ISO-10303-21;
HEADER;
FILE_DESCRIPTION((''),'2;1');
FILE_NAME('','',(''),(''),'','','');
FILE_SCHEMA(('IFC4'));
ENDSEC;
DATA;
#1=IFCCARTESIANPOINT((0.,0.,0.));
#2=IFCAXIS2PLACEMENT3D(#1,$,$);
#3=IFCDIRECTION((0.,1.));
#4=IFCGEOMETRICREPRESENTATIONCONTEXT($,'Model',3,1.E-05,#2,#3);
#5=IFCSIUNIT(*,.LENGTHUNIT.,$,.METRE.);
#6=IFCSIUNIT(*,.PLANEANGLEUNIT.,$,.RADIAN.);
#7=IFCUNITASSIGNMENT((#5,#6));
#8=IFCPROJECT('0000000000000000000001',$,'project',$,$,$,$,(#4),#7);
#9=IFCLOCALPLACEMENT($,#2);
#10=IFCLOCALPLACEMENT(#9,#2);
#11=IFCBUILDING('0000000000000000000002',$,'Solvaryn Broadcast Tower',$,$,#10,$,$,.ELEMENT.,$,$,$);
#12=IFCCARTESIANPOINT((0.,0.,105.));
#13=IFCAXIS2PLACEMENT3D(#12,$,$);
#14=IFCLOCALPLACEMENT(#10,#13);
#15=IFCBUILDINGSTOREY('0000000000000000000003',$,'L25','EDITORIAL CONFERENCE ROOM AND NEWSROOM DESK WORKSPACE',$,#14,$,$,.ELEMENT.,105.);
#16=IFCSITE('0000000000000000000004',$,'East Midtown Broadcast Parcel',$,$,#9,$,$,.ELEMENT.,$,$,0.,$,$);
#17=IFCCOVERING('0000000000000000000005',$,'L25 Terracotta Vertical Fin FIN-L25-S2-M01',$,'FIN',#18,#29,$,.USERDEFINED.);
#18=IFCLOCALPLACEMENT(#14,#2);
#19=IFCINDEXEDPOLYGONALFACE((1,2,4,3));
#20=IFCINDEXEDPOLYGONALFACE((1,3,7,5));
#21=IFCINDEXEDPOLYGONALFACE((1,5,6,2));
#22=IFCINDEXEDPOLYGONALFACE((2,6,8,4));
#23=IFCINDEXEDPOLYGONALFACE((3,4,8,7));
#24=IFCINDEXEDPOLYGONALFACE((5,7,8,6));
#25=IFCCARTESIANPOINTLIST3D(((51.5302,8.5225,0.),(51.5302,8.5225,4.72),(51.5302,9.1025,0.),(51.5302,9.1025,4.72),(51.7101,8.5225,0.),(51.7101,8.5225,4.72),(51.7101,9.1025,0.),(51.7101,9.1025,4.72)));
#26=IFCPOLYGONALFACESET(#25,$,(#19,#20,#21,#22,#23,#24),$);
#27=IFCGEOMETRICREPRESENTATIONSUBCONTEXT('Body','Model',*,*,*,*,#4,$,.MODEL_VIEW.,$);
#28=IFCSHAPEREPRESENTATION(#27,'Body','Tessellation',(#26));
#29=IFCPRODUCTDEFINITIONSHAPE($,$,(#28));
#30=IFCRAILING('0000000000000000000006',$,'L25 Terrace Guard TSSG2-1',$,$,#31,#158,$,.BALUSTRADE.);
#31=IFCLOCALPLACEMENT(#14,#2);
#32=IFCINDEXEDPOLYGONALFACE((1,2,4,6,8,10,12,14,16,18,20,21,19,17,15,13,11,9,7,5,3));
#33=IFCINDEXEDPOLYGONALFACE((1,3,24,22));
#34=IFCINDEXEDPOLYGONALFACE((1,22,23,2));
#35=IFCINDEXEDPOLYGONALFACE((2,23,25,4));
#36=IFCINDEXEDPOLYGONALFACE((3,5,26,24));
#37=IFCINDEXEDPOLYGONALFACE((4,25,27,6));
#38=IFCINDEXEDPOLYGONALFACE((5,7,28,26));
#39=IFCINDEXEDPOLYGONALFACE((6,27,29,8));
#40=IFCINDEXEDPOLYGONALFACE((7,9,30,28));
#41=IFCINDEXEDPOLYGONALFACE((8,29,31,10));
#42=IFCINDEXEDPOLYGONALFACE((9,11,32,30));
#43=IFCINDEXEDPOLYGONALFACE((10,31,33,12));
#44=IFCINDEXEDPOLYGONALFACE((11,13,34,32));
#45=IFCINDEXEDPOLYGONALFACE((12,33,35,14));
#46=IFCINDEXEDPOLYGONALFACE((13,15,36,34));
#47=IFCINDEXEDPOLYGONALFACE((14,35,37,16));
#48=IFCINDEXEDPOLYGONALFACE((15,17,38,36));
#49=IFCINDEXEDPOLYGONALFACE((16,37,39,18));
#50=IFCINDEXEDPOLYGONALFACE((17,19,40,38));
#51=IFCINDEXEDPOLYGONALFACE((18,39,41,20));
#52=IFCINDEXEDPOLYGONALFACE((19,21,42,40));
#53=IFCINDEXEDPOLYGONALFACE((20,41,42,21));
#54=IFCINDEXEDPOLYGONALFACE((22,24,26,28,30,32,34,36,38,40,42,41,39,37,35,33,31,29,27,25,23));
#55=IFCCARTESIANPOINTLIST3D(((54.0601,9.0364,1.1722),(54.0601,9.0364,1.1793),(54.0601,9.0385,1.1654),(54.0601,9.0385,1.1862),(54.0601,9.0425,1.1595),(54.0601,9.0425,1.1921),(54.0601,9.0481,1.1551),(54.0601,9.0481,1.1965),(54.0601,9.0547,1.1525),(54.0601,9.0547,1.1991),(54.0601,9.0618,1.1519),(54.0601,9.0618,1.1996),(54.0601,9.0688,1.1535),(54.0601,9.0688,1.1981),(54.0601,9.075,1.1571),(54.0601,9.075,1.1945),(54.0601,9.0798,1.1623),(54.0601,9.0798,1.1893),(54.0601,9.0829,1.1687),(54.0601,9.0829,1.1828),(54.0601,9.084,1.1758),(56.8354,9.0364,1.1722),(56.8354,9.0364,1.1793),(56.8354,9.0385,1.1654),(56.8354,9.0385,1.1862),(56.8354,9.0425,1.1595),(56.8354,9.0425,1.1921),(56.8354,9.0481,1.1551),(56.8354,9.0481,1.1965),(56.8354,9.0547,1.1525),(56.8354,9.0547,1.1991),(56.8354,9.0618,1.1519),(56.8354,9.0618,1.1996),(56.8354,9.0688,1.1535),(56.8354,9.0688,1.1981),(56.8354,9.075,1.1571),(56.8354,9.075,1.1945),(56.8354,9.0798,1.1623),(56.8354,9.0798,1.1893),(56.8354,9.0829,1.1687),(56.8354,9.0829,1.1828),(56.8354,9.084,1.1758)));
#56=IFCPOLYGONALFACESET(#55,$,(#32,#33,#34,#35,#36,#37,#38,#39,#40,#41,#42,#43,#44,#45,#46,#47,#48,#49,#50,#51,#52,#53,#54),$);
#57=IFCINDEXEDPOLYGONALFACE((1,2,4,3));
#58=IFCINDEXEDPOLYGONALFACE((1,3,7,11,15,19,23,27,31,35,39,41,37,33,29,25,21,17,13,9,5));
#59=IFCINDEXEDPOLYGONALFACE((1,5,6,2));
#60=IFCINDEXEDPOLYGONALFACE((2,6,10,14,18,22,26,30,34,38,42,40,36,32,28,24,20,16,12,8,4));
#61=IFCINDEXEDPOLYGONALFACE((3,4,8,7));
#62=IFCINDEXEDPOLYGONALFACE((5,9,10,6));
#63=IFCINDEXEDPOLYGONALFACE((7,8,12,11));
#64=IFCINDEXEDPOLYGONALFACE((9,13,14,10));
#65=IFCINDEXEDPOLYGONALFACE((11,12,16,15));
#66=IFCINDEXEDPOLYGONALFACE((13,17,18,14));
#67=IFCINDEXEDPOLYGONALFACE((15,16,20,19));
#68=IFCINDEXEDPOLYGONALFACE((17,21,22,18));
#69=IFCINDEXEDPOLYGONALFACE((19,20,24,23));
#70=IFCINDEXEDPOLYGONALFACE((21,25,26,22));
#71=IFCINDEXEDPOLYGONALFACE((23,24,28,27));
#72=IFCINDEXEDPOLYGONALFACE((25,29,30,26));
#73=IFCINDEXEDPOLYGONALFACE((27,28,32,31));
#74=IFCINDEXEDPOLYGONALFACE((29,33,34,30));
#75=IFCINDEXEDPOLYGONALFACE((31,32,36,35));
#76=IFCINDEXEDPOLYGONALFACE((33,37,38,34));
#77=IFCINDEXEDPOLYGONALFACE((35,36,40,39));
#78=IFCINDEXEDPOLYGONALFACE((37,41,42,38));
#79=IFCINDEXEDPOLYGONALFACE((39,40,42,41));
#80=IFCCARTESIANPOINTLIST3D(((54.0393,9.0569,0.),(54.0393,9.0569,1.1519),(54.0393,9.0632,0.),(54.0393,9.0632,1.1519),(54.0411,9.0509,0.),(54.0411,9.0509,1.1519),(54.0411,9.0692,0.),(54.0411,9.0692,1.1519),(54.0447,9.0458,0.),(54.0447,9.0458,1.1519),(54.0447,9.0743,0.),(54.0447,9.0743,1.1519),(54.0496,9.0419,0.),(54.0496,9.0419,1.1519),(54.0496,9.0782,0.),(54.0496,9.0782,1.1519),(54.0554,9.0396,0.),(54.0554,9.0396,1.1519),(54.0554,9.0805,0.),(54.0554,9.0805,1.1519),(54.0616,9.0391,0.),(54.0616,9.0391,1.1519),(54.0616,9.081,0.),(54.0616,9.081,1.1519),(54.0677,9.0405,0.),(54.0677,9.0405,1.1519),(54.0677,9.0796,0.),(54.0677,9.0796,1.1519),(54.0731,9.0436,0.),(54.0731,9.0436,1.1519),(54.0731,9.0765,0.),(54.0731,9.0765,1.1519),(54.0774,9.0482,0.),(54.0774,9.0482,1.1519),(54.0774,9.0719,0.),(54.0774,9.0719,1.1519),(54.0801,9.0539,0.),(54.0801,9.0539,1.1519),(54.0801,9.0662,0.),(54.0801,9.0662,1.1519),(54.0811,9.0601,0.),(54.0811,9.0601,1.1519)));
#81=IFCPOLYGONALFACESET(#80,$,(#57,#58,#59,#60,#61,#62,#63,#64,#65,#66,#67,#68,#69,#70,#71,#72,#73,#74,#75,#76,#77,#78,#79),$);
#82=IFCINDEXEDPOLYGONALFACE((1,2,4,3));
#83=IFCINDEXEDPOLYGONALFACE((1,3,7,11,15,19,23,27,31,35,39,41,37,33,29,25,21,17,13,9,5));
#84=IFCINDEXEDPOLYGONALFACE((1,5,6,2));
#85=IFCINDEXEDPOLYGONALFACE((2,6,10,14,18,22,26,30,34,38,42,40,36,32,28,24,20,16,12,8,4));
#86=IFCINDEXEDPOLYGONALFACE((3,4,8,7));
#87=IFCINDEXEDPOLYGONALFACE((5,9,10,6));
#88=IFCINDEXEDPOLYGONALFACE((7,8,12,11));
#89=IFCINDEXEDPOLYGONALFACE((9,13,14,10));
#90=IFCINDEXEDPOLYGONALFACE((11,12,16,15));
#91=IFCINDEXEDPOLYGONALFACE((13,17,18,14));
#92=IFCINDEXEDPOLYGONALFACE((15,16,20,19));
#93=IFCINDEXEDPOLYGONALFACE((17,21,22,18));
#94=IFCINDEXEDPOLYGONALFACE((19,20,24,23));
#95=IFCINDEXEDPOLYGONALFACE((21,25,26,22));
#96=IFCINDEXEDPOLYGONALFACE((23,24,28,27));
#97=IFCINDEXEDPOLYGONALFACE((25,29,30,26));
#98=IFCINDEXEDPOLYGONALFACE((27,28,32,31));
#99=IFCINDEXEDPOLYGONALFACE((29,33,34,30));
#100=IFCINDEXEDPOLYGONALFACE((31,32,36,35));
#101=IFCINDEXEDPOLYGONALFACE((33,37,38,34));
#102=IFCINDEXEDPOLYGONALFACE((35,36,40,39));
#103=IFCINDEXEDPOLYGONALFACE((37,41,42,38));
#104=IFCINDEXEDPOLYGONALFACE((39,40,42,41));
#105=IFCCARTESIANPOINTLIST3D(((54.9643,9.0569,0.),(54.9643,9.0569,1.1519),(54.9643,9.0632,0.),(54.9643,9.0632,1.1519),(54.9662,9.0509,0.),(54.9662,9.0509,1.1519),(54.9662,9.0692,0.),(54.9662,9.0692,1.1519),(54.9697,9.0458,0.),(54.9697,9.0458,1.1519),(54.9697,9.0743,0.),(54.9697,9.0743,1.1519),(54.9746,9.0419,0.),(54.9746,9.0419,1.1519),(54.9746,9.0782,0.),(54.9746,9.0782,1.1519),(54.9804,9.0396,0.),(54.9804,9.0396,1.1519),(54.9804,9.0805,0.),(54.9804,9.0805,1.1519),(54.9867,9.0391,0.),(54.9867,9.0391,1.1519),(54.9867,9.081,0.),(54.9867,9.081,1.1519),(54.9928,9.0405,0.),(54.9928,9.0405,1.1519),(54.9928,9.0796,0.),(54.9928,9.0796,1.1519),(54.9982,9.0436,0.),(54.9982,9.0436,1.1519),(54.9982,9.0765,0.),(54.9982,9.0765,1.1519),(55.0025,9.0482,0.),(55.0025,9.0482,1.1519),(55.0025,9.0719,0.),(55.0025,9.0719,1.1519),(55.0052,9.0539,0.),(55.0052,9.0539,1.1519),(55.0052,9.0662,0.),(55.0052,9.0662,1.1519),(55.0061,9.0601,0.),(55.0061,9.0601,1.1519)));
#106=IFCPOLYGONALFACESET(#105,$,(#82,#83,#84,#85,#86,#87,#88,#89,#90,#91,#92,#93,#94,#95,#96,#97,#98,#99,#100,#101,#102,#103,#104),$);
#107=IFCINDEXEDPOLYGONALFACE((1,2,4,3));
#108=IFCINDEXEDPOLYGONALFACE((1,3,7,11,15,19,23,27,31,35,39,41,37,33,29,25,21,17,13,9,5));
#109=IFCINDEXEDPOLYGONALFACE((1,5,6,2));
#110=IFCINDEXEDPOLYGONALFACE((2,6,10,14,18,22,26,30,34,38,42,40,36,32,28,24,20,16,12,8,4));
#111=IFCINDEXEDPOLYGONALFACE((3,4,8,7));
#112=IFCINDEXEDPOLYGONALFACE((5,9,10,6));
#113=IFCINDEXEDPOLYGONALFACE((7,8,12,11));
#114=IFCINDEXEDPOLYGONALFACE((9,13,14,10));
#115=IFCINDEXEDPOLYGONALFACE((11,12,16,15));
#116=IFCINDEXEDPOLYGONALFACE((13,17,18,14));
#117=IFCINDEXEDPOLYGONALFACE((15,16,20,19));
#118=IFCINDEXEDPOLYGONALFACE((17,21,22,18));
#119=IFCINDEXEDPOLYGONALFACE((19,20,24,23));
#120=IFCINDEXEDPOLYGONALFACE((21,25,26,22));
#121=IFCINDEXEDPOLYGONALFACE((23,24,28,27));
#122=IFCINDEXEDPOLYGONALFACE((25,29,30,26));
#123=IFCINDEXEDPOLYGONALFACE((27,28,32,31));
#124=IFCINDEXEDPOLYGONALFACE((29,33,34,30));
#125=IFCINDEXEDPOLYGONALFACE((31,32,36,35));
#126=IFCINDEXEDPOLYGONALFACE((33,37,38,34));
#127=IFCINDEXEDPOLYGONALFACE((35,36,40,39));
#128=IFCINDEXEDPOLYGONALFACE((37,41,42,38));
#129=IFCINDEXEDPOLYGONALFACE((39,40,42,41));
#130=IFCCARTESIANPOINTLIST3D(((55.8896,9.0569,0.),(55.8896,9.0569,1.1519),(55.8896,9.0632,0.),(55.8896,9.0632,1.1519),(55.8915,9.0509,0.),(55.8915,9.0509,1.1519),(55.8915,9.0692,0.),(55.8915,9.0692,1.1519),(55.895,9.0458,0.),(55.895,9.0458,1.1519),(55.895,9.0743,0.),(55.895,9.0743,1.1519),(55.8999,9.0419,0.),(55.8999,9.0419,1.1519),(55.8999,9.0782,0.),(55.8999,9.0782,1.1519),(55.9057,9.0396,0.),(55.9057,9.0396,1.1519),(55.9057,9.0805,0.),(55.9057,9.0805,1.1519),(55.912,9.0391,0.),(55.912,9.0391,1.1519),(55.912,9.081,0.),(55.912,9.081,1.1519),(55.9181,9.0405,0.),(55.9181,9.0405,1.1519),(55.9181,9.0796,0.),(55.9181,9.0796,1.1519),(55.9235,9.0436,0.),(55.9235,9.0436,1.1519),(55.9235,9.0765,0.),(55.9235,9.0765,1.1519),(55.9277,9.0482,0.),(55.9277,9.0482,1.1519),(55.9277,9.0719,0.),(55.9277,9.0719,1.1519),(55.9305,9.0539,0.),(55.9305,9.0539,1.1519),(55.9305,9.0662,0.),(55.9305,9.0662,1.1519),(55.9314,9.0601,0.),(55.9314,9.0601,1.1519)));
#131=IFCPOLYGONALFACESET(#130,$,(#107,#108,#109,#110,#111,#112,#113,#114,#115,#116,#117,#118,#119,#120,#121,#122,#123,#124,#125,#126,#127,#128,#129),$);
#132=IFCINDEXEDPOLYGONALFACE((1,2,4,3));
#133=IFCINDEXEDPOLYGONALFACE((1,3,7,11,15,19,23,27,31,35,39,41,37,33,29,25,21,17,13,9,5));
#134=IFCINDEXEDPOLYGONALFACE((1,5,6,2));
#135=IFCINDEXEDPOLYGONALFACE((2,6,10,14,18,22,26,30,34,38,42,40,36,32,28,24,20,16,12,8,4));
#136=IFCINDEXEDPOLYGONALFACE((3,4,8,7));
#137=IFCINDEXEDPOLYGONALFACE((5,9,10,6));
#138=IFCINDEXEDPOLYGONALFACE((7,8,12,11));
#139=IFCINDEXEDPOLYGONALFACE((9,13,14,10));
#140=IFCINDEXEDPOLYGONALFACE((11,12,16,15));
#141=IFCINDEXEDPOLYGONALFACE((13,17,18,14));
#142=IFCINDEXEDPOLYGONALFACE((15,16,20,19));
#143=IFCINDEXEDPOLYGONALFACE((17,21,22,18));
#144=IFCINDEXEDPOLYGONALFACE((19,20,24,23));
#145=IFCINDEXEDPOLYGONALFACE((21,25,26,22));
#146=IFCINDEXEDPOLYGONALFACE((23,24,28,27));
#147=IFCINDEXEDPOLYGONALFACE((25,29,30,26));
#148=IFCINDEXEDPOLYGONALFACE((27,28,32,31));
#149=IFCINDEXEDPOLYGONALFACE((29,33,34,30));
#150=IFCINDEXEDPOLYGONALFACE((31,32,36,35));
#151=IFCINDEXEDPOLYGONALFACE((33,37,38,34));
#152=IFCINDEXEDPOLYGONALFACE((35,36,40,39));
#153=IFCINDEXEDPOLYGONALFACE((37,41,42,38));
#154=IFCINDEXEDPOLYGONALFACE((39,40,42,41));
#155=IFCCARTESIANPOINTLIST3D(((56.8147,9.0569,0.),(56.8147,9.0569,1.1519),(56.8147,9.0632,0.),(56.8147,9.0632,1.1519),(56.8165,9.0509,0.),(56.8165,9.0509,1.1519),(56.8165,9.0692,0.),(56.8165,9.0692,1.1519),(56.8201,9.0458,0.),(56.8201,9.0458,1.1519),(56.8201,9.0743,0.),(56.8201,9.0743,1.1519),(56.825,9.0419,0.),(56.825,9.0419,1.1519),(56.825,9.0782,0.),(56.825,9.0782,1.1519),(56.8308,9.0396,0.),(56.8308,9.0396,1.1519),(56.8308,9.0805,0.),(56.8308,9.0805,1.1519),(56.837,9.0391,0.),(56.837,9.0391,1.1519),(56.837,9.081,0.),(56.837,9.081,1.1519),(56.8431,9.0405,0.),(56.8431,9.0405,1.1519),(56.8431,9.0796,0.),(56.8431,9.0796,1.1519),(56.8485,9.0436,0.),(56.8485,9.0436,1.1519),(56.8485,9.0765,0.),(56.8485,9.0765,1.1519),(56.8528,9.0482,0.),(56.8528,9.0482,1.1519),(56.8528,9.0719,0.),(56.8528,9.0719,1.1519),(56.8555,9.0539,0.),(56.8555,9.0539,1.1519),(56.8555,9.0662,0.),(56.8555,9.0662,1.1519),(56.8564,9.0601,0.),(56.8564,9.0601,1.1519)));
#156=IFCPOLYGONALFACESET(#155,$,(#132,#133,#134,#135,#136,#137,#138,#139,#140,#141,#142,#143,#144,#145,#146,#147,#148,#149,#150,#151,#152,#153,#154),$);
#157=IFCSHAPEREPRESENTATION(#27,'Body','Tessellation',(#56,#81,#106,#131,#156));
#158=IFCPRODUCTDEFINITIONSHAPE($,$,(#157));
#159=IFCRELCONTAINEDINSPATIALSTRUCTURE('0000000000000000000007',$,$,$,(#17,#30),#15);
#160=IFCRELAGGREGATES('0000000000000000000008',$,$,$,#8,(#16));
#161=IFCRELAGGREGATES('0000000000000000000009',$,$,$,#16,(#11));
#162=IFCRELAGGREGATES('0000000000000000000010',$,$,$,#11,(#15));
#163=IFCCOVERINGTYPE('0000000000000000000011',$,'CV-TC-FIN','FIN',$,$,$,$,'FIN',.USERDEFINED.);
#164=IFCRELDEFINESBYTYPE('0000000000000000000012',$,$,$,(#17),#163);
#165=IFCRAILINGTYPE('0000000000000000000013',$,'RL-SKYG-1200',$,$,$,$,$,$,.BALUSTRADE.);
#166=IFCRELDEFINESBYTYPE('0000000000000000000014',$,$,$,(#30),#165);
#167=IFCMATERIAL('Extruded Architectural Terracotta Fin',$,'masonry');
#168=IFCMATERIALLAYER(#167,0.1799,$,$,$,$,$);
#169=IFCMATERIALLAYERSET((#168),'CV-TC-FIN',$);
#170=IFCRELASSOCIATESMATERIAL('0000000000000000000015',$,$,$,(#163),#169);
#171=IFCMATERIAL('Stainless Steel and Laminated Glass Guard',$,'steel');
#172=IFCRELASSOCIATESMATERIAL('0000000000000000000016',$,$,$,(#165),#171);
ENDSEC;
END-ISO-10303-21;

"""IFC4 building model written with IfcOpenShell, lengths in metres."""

from ifc_helpers import new_model, si_unit, direction, frame, origin, origin_2d, place, context, subcontext, project, spatial, rectangle, circle, extrude, material, layer, layer_set, type_object, element, save


model = new_model("IFC4")

# Units and contexts
model_context = context("Model", 3, precision=1e-05, world=origin(), true_north=direction((0.0, 1.0)))
body_context = subcontext(model_context, "Body", "Model", "MODEL_VIEW")
ifc_project = project(units=[si_unit("LENGTHUNIT", "METRE"), si_unit("PLANEANGLEUNIT", "RADIAN")], contexts=[model_context])

# Site, building, storey
site_placement = place(None, origin())
site = spatial("IfcSite", under=ifc_project, at=site_placement, Name="East Midtown Broadcast Parcel", CompositionType="ELEMENT", RefElevation=0.0)
building_placement = place(site_placement, origin())
building = spatial("IfcBuilding", under=site, at=building_placement, Name="Solvaryn Broadcast Tower", CompositionType="ELEMENT")
storey_placement = place(building_placement, frame((0.0, 0.0, 105.0)))
storey = spatial("IfcBuildingStorey", under=building, at=storey_placement, Name="L25", Description="EDITORIAL CONFERENCE ROOM AND NEWSROOM DESK WORKSPACE", CompositionType="ELEMENT", Elevation=105.0)

# Covering
ifc_material_1 = material(Name="Extruded Architectural Terracotta Fin", Category="masonry")
ifc_layer_1 = layer(ifc_material_1, 0.1799)
ifc_layer_set_1 = layer_set([ifc_layer_1], Name="CV-TC-FIN")
covering_type = type_object("IfcCoveringType", Name="CV-TC-FIN", Description="FIN", ElementType="FIN", PredefinedType="USERDEFINED", material=ifc_layer_set_1)
covering_placement = place(storey_placement, frame((51.6201, 8.8125, 0.0), z_axis=(0.0, 0.0, 1.0), x_axis=(1.0, 0.0, 0.0)))
element("IfcCovering", 1, at=covering_placement, inside=storey, type_object=covering_type, Name="L25 Terracotta Vertical Fin FIN-L25-S2-M01", ObjectType="FIN", PredefinedType="USERDEFINED", context=body_context, shape_type="SweptSolid", body=[
    extrude(rectangle(XDim=0.1799, YDim=0.5801, at=origin_2d()), origin(), (0.0, 0.0, 1.0), 4.72),
])

# Railing
ifc_material_2 = material(Name="Stainless Steel and Laminated Glass Guard", Category="steel")
railing_type = type_object("IfcRailingType", Name="RL-SKYG-1200", PredefinedType="BALUSTRADE", material=ifc_material_2)
railing_1_placement = place(storey_placement, frame((54.0601, 9.0601, 0.0)))
element("IfcRailing", 2, at=railing_1_placement, inside=storey, type_object=railing_type, Name="L25 Terrace Guard TSSG2-1", PredefinedType="BALUSTRADE", context=body_context, shape_type="SweptSolid", body=[
    extrude(circle(Radius=0.0239, at=origin_2d()), frame((0.0, 0.0, 1.1758), z_axis=(1.0, 0.0, 0.0), x_axis=(0.0, 1.0, 0.0)), (0.0, 0.0, 1.0), 2.7754),
    extrude(circle(Radius=0.021, at=origin_2d()), origin(), (0.0, 0.0, 1.0), 1.1519),
    extrude(circle(Radius=0.021, at=origin_2d()), frame((0.925, 0.0, 0.0)), (0.0, 0.0, 1.0), 1.1519),
    extrude(circle(Radius=0.021, at=origin_2d()), frame((1.8503, 0.0, 0.0)), (0.0, 0.0, 1.0), 1.1519),
    extrude(circle(Radius=0.021, at=origin_2d()), frame((2.7754, 0.0, 0.0)), (0.0, 0.0, 1.0), 1.1519),
])

save(model, "model.ifc")
